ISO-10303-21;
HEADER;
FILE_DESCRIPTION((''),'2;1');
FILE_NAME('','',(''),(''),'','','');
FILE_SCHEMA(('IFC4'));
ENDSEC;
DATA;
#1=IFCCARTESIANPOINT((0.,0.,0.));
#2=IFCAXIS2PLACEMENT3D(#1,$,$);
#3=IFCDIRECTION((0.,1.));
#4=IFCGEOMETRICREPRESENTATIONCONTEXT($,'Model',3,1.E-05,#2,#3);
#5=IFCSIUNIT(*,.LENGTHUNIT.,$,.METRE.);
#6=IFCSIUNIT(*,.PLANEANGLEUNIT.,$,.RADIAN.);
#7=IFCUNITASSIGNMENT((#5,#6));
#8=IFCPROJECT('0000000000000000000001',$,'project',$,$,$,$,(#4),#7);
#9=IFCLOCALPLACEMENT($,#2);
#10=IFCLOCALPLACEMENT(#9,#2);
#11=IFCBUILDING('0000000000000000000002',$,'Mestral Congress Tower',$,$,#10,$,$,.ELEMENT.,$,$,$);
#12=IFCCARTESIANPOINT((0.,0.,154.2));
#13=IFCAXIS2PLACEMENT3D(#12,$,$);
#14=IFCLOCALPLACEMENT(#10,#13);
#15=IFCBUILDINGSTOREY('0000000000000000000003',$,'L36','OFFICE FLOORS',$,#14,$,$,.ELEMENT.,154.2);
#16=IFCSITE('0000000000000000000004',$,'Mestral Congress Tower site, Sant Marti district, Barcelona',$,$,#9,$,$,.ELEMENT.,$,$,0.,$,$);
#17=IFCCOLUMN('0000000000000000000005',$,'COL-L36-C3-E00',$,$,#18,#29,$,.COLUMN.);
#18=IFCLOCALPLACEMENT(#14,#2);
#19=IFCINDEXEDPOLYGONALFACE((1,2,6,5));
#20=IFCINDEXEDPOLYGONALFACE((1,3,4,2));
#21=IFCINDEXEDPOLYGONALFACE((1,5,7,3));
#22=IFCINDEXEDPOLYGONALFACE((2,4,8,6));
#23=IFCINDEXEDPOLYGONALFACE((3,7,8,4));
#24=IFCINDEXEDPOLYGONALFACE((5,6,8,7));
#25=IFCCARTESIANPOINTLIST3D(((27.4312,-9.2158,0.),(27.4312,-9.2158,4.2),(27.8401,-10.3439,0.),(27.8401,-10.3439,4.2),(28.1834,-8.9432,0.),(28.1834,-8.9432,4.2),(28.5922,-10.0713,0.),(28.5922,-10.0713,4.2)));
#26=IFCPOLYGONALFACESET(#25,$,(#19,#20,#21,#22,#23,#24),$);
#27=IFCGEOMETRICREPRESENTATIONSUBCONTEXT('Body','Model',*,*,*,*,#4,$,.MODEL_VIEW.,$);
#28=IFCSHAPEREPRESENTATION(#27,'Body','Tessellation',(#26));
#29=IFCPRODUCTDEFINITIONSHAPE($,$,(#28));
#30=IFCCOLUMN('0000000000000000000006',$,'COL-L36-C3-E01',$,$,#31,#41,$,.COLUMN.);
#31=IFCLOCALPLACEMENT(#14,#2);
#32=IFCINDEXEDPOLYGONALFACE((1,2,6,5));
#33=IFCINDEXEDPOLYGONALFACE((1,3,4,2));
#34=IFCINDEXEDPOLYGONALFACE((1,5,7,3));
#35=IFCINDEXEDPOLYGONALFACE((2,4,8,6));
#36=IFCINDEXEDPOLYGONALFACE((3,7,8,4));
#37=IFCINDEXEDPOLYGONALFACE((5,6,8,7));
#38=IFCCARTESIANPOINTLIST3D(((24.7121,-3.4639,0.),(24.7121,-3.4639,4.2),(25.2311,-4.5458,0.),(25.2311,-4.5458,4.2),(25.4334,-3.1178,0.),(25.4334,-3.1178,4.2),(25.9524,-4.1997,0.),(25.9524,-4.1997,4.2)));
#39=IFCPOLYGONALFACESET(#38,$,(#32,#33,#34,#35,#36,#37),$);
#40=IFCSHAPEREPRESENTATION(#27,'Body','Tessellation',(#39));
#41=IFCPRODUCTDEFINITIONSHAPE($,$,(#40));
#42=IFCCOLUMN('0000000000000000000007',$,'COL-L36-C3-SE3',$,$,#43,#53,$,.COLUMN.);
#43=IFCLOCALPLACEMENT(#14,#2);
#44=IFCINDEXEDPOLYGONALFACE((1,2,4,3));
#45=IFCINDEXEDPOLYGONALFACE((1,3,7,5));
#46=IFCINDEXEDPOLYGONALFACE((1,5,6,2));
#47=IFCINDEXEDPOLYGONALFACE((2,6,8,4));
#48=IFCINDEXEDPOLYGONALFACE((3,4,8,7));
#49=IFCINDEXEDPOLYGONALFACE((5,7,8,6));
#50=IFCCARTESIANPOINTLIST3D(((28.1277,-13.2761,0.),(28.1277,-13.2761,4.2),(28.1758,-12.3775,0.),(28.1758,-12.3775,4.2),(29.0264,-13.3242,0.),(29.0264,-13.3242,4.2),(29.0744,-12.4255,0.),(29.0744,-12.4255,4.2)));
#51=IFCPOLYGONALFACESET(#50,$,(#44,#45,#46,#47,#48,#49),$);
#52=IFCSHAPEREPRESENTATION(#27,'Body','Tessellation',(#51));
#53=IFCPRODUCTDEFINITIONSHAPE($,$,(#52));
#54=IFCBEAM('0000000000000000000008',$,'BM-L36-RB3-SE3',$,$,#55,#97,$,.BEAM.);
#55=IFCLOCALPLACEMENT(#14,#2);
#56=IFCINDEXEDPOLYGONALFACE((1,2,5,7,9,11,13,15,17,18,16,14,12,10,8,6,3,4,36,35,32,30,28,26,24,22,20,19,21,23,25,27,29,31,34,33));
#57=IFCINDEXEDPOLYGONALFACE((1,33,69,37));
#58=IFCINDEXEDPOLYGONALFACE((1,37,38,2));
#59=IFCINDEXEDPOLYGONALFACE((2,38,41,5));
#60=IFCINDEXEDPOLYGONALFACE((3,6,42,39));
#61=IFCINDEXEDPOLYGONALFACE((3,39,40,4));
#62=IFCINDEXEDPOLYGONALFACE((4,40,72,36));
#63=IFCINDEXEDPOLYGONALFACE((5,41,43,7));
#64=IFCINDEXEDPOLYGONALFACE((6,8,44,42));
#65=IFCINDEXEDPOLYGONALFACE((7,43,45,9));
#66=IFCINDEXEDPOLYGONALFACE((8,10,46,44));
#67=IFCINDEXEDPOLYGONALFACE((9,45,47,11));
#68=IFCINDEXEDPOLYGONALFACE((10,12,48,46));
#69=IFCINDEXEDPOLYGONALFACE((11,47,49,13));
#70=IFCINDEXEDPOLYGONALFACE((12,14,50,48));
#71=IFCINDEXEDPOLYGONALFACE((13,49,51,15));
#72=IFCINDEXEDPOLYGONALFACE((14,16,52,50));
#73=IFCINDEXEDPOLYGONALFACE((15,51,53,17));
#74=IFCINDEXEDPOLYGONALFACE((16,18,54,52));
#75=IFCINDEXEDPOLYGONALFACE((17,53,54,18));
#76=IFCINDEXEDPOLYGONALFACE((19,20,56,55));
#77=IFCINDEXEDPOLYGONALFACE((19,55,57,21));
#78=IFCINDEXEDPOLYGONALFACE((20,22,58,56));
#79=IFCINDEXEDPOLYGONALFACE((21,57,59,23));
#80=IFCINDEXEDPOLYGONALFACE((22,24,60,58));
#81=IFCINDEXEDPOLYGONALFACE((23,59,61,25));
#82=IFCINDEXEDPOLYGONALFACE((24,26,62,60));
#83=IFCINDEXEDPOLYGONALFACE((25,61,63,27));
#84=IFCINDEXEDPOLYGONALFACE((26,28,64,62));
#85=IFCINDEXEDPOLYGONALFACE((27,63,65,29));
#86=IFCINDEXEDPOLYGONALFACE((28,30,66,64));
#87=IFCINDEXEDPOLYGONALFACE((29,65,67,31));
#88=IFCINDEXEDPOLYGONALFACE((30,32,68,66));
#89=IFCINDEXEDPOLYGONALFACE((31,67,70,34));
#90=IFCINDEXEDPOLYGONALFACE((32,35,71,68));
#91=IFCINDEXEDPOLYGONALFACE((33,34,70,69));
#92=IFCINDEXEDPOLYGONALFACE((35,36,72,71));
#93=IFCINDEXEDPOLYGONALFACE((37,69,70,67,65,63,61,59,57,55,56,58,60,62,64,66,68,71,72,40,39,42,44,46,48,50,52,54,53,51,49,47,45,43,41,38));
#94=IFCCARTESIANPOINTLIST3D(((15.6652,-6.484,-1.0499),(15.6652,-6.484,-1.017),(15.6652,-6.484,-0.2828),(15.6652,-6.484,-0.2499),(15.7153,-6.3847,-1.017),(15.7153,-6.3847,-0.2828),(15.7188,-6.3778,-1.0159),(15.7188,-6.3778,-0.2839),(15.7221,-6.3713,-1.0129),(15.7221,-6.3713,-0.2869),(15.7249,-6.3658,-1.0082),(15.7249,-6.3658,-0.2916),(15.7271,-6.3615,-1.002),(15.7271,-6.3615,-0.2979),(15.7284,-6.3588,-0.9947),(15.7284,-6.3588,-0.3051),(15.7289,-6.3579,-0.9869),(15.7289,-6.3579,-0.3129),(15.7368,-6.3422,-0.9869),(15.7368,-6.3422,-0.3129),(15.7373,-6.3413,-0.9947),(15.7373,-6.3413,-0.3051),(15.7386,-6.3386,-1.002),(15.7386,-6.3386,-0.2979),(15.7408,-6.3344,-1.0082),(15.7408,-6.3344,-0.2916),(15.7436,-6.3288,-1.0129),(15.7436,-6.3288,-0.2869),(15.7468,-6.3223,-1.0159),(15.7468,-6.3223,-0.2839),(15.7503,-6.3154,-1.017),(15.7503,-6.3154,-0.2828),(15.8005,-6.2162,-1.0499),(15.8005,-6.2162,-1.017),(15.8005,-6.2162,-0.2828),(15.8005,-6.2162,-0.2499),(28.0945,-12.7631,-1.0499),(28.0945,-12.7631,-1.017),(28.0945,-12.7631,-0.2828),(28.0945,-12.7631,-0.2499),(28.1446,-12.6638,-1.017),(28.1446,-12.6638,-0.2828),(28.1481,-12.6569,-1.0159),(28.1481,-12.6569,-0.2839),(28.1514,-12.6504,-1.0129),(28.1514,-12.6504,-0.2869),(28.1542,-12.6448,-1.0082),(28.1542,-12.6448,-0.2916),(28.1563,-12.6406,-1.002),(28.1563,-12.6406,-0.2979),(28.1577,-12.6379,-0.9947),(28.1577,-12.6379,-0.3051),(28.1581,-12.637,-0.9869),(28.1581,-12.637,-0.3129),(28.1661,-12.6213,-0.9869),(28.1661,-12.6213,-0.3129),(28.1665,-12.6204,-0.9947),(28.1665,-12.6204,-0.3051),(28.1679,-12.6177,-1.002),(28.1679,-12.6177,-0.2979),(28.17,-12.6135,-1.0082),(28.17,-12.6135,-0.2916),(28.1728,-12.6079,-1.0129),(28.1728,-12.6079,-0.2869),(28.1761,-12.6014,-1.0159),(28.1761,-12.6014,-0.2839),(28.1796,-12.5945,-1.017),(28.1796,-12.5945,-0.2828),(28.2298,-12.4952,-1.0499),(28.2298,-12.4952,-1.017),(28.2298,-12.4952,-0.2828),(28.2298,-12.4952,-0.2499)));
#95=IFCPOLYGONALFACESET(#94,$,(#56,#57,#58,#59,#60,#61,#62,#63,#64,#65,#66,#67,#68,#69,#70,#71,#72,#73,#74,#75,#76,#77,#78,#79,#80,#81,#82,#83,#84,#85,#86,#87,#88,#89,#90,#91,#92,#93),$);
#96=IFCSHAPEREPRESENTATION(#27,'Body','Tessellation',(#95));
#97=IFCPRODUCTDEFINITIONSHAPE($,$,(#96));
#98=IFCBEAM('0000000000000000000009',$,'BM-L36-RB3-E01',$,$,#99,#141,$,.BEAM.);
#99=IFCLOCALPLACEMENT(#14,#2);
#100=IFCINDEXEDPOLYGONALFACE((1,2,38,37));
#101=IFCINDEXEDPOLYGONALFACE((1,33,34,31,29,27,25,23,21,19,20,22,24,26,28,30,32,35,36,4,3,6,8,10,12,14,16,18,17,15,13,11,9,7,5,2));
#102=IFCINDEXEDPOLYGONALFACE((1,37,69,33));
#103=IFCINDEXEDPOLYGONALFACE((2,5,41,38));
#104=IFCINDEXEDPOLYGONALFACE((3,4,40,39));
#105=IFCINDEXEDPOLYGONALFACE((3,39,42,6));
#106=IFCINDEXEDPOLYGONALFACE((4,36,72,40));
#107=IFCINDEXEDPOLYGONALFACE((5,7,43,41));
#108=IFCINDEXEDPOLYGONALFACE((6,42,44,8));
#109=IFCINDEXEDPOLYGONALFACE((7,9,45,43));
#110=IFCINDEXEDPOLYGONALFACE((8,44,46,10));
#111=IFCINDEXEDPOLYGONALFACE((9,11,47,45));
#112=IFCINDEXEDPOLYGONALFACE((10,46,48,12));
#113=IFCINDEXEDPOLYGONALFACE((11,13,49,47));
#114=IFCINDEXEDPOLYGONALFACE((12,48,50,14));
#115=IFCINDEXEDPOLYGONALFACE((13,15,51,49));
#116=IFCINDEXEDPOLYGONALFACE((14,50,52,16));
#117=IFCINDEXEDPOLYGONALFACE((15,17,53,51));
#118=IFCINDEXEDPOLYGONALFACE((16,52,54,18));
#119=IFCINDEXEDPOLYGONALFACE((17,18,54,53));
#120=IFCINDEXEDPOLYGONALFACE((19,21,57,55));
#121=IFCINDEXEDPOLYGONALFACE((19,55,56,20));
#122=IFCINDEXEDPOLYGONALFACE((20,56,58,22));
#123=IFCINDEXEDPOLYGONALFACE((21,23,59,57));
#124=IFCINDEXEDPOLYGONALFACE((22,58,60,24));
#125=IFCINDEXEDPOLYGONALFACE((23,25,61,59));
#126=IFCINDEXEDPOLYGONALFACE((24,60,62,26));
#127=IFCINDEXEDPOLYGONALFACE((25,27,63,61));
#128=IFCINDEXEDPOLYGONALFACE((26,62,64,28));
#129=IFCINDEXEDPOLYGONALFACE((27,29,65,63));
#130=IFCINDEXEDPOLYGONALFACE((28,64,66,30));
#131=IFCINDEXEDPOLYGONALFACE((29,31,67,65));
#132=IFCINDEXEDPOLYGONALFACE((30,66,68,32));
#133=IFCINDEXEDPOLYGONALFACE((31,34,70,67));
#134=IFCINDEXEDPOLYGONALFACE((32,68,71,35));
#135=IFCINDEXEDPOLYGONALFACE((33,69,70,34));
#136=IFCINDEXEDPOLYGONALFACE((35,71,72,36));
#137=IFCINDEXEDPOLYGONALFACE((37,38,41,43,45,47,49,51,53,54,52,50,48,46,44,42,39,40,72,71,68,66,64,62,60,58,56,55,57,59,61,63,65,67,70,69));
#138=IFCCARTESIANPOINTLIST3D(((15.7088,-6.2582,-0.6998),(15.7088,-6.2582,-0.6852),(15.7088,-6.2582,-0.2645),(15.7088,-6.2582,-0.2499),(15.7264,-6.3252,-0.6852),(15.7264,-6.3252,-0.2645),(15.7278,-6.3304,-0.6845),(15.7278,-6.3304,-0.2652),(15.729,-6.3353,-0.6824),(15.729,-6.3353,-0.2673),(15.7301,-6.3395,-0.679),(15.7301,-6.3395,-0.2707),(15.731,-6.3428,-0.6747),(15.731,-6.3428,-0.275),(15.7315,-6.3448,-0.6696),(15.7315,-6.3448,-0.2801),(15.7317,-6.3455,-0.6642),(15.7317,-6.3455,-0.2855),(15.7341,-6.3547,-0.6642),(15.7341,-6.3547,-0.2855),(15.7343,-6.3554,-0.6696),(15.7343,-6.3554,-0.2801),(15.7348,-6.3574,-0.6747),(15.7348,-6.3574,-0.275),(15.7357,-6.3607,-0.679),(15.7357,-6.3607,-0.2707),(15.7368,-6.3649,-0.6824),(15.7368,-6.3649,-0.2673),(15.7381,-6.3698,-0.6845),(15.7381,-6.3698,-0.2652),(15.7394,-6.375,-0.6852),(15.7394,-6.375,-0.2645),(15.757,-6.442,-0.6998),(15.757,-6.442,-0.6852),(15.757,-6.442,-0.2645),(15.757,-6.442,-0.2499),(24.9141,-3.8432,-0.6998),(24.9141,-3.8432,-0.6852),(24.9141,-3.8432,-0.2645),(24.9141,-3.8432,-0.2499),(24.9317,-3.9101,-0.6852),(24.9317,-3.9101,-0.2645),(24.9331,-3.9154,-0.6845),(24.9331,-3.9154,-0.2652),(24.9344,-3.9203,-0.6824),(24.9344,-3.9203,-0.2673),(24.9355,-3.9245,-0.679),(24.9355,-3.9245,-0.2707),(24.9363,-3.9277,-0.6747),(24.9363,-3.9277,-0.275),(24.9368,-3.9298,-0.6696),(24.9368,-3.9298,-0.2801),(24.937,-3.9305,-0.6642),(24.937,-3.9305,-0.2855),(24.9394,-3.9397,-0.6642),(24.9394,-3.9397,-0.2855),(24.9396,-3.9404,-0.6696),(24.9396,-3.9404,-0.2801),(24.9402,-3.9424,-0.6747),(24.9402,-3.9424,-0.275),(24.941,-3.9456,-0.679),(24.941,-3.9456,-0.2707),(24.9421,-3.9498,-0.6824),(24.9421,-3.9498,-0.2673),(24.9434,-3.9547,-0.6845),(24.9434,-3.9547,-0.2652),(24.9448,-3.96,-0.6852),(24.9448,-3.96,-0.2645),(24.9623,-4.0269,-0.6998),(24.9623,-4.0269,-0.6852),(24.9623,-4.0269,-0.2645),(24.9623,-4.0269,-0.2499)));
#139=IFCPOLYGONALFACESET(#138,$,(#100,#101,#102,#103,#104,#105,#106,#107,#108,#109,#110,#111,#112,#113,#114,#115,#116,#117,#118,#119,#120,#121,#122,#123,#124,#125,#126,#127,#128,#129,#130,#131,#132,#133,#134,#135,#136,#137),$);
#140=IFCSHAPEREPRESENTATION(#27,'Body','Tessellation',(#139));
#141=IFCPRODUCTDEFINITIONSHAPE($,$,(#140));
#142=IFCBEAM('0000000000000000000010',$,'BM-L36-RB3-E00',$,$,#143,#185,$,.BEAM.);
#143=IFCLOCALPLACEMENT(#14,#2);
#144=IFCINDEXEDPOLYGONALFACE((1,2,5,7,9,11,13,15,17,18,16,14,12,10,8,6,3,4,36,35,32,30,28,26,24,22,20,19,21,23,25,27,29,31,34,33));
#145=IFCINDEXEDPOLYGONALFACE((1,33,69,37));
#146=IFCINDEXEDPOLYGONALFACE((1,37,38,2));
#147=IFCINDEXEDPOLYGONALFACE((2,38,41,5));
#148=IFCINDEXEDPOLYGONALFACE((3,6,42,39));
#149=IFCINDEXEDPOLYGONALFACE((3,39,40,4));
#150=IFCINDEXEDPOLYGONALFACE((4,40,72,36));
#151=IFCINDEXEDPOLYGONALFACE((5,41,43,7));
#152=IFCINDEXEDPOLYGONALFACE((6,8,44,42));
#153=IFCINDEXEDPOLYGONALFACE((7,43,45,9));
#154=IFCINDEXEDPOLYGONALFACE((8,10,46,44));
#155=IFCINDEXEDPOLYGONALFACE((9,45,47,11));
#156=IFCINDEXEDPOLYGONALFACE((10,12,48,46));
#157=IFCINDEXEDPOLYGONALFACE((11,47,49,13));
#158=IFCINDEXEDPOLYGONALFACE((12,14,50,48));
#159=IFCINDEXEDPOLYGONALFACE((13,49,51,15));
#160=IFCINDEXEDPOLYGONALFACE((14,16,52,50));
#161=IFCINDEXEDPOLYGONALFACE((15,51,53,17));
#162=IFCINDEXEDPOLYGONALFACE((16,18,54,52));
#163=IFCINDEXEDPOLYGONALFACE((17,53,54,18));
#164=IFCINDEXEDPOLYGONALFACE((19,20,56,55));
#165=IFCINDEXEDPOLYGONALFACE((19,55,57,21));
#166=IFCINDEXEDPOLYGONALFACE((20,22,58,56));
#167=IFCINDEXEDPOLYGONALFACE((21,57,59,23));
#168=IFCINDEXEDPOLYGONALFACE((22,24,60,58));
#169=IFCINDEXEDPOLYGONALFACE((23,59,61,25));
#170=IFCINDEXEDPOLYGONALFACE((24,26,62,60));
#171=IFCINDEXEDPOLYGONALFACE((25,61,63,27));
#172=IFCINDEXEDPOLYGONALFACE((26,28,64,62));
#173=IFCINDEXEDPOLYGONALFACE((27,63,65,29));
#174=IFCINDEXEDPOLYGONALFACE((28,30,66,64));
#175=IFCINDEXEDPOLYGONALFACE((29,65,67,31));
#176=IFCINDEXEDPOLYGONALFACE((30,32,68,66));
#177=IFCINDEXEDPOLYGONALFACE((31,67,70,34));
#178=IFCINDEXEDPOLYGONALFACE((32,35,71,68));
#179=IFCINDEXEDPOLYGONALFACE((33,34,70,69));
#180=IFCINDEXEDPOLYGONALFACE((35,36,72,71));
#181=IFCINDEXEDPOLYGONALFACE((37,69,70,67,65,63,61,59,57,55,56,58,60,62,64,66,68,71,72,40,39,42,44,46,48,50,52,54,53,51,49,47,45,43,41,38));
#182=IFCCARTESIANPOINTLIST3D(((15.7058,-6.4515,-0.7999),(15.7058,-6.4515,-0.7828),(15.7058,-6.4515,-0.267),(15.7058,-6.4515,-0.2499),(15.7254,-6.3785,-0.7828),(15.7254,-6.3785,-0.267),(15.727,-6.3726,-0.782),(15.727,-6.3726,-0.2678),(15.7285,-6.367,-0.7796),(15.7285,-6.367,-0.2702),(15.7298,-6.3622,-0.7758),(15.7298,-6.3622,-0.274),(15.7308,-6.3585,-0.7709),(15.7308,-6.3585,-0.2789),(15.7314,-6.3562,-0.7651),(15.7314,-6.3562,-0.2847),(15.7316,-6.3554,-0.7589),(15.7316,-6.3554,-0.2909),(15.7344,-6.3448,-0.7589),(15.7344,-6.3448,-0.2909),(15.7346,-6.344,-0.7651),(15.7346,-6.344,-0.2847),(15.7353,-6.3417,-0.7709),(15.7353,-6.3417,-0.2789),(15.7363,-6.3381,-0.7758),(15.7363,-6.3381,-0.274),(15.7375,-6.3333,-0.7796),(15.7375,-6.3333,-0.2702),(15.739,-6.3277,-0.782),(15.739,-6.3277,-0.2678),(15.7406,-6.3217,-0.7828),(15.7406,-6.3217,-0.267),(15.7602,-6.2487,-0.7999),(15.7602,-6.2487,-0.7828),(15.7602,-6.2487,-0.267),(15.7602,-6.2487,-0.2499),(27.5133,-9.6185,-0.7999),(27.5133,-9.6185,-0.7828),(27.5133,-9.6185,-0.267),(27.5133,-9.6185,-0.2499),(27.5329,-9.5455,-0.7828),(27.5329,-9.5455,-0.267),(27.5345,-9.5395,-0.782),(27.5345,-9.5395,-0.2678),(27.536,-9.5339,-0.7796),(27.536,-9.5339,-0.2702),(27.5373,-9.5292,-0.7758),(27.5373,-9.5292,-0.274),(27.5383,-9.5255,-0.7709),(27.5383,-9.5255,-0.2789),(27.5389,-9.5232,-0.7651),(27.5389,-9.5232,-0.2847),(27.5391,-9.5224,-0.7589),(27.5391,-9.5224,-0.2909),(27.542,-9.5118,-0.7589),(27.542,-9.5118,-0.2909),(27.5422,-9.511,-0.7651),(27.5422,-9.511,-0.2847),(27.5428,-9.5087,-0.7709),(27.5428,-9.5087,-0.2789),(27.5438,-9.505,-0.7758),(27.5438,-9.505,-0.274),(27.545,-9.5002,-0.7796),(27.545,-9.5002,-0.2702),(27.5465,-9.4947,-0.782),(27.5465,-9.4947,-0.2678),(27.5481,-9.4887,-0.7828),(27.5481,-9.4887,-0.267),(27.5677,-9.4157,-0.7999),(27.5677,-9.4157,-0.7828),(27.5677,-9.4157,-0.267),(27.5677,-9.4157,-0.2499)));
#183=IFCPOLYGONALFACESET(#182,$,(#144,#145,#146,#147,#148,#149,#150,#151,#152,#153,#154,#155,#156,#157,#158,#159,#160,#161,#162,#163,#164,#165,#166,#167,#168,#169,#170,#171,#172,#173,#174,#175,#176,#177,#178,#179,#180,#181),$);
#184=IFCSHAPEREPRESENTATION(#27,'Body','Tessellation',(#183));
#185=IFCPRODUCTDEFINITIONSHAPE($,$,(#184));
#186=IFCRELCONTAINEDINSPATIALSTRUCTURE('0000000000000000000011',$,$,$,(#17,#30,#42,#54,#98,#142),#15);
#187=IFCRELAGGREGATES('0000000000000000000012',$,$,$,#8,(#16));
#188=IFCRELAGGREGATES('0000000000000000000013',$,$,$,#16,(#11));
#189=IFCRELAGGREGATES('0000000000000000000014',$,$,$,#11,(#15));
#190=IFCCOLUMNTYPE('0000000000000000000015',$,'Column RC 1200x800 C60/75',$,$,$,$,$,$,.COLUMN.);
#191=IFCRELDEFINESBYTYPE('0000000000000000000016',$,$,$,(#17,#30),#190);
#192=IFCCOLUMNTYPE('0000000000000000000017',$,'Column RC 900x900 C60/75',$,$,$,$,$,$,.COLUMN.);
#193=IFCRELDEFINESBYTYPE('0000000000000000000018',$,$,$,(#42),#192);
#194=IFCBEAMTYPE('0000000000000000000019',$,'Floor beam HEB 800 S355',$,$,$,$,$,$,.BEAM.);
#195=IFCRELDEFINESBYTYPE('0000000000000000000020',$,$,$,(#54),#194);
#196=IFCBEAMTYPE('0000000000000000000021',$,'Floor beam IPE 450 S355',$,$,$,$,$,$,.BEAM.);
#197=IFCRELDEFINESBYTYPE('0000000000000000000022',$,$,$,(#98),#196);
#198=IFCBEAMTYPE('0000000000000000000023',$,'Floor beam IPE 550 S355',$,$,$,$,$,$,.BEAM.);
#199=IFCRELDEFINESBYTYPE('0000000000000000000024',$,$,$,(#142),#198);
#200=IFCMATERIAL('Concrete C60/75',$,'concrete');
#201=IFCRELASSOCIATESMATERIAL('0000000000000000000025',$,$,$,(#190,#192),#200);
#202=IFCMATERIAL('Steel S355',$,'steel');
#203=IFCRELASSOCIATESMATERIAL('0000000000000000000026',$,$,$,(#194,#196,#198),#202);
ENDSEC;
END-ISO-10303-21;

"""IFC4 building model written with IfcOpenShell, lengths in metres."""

from ifc_helpers import new_model, si_unit, direction, frame, origin, origin_2d, place, context, subcontext, project, spatial, rectangle, i_section, extrude, material, material_profile, profile_set, type_object, element, save


model = new_model("IFC4")

# Units and contexts
model_context = context("Model", 3, precision=1e-05, world=origin(), true_north=direction((0.0, 1.0)))
body_context = subcontext(model_context, "Body", "Model", "MODEL_VIEW")
ifc_project = project(units=[si_unit("LENGTHUNIT", "METRE"), si_unit("PLANEANGLEUNIT", "RADIAN")], contexts=[model_context])

# Site, building, storey
site_placement = place(None, origin())
site = spatial("IfcSite", under=ifc_project, at=site_placement, Name="Mestral Congress Tower site, Sant Marti district, Barcelona", CompositionType="ELEMENT", RefElevation=0.0)
building_placement = place(site_placement, origin())
building = spatial("IfcBuilding", under=site, at=building_placement, Name="Mestral Congress Tower", CompositionType="ELEMENT")
storey_placement = place(building_placement, frame((0.0, 0.0, 154.2)))
storey = spatial("IfcBuildingStorey", under=building, at=storey_placement, Name="L36", Description="OFFICE FLOORS", CompositionType="ELEMENT", Elevation=154.2)

# Columns
ifc_material_1 = material(Name="Concrete C60/75", Category="concrete")
ifc_material_profile_1 = material_profile(ifc_material_1, rectangle(XDim=1.2, YDim=0.8, at=origin_2d()), Name="RC 1200x800")
ifc_profile_set_1 = profile_set([ifc_material_profile_1], Name="Concrete C60/75")
column_type_1 = type_object("IfcColumnType", Name="Column RC 1200x800 C60/75", PredefinedType="COLUMN", material=ifc_profile_set_1)
for number, where, z_axis, x_axis, name in (
    (1, (28.0117, -9.6436, 0.0), (0.0, 0.0, 1.0), (-0.340744, 0.940156, 0.0), "COL-L36-C3-E00"),
    (2, (25.3323, -3.8318, 0.0), (0.0, 0.0, 1.0), (-0.432522, 0.901624, 0.0), "COL-L36-C3-E01"),
):
    element("IfcColumn", number, at=place(storey_placement, frame(where, z_axis=z_axis, x_axis=x_axis)), inside=storey, type_object=column_type_1, Name=name, PredefinedType="COLUMN", context=body_context, shape_type="SweptSolid", body=[
        extrude(rectangle(XDim=1.2, YDim=0.8, at=origin_2d()), origin(), (0.0, 0.0, 1.0), 4.2),
    ])
ifc_material_profile_2 = material_profile(ifc_material_1, rectangle(XDim=0.8999, YDim=0.8999, at=origin_2d()), Name="RC 900x900")
ifc_profile_set_2 = profile_set([ifc_material_profile_2], Name="Concrete C60/75")
column_type_2 = type_object("IfcColumnType", Name="Column RC 900x900 C60/75", PredefinedType="COLUMN", material=ifc_profile_set_2)
column_placement = place(storey_placement, frame((28.6011, -12.8508, 0.0), z_axis=(0.0, 0.0, 1.0), x_axis=(0.053392, 0.998574, 0.0)))
element("IfcColumn", 3, at=column_placement, inside=storey, type_object=column_type_2, Name="COL-L36-C3-SE3", PredefinedType="COLUMN", context=body_context, shape_type="SweptSolid", body=[
    extrude(rectangle(XDim=0.8999, YDim=0.8999, at=origin_2d()), origin(), (0.0, 0.0, 1.0), 4.2),
])

# Beams
ifc_material_2 = material(Name="Steel S355", Category="steel")
ifc_material_profile_3 = material_profile(ifc_material_2, i_section(OverallWidth=0.3, OverallDepth=0.8, WebThickness=0.0176, FlangeThickness=0.033, FilletRadius=0.03, at=origin_2d()), Name="HEB 800")
ifc_profile_set_3 = profile_set([ifc_material_profile_3], Name="Steel S355")
beam_type_1 = type_object("IfcBeamType", Name="Floor beam HEB 800 S355", PredefinedType="BEAM", material=ifc_profile_set_3)
beam_1_placement = place(storey_placement, frame((28.1621, -12.6292, -0.6499), z_axis=(-0.892568, 0.450913, 0.0), x_axis=(-0.450913, -0.892568, 0.0)))
element("IfcBeam", 4, at=beam_1_placement, inside=storey, type_object=beam_type_1, Name="BM-L36-RB3-SE3", PredefinedType="BEAM", context=body_context, shape_type="SweptSolid", body=[
    extrude(i_section(OverallWidth=0.3, OverallDepth=0.8, WebThickness=0.0176, FlangeThickness=0.033, FilletRadius=0.03, at=origin_2d()), origin(), (0.0, 0.0, 1.0), 13.9253),
])
ifc_material_profile_4 = material_profile(ifc_material_2, i_section(OverallWidth=0.1899, OverallDepth=0.45, WebThickness=0.0095, FlangeThickness=0.0146, FilletRadius=0.021, at=origin_2d()), Name="IPE 450")
ifc_profile_set_4 = profile_set([ifc_material_profile_4], Name="Steel S355")
beam_type_2 = type_object("IfcBeamType", Name="Floor beam IPE 450 S355", PredefinedType="BEAM", material=ifc_profile_set_4)
beam_2_placement = place(storey_placement, frame((24.9382, -3.9351, -0.4749), z_axis=(-0.967266, -0.253765, 0.0), x_axis=(0.253765, -0.967266, 0.0)))
element("IfcBeam", 5, at=beam_2_placement, inside=storey, type_object=beam_type_2, Name="BM-L36-RB3-E01", PredefinedType="BEAM", context=body_context, shape_type="SweptSolid", body=[
    extrude(i_section(OverallWidth=0.1899, OverallDepth=0.45, WebThickness=0.0095, FlangeThickness=0.0146, FilletRadius=0.021, at=origin_2d()), origin(), (0.0, 0.0, 1.0), 9.5168),
])
ifc_material_profile_5 = material_profile(ifc_material_2, i_section(OverallWidth=0.21, OverallDepth=0.55, WebThickness=0.011, FlangeThickness=0.0171, FilletRadius=0.0239, at=origin_2d()), Name="IPE 550")
ifc_profile_set_5 = profile_set([ifc_material_profile_5], Name="Steel S355")
beam_type_3 = type_object("IfcBeamType", Name="Floor beam IPE 550 S355", PredefinedType="BEAM", material=ifc_profile_set_5)
beam_3_placement = place(storey_placement, frame((27.5405, -9.5171, -0.5249), z_axis=(-0.965861, 0.259059, 0.0), x_axis=(-0.259059, -0.965861, 0.0)))
element("IfcBeam", 6, at=beam_3_placement, inside=storey, type_object=beam_type_3, Name="BM-L36-RB3-E00", PredefinedType="BEAM", context=body_context, shape_type="SweptSolid", body=[
    extrude(i_section(OverallWidth=0.21, OverallDepth=0.55, WebThickness=0.011, FlangeThickness=0.0171, FilletRadius=0.0239, at=origin_2d()), origin(), (0.0, 0.0, 1.0), 12.2249),
])

save(model, "model.ifc")
